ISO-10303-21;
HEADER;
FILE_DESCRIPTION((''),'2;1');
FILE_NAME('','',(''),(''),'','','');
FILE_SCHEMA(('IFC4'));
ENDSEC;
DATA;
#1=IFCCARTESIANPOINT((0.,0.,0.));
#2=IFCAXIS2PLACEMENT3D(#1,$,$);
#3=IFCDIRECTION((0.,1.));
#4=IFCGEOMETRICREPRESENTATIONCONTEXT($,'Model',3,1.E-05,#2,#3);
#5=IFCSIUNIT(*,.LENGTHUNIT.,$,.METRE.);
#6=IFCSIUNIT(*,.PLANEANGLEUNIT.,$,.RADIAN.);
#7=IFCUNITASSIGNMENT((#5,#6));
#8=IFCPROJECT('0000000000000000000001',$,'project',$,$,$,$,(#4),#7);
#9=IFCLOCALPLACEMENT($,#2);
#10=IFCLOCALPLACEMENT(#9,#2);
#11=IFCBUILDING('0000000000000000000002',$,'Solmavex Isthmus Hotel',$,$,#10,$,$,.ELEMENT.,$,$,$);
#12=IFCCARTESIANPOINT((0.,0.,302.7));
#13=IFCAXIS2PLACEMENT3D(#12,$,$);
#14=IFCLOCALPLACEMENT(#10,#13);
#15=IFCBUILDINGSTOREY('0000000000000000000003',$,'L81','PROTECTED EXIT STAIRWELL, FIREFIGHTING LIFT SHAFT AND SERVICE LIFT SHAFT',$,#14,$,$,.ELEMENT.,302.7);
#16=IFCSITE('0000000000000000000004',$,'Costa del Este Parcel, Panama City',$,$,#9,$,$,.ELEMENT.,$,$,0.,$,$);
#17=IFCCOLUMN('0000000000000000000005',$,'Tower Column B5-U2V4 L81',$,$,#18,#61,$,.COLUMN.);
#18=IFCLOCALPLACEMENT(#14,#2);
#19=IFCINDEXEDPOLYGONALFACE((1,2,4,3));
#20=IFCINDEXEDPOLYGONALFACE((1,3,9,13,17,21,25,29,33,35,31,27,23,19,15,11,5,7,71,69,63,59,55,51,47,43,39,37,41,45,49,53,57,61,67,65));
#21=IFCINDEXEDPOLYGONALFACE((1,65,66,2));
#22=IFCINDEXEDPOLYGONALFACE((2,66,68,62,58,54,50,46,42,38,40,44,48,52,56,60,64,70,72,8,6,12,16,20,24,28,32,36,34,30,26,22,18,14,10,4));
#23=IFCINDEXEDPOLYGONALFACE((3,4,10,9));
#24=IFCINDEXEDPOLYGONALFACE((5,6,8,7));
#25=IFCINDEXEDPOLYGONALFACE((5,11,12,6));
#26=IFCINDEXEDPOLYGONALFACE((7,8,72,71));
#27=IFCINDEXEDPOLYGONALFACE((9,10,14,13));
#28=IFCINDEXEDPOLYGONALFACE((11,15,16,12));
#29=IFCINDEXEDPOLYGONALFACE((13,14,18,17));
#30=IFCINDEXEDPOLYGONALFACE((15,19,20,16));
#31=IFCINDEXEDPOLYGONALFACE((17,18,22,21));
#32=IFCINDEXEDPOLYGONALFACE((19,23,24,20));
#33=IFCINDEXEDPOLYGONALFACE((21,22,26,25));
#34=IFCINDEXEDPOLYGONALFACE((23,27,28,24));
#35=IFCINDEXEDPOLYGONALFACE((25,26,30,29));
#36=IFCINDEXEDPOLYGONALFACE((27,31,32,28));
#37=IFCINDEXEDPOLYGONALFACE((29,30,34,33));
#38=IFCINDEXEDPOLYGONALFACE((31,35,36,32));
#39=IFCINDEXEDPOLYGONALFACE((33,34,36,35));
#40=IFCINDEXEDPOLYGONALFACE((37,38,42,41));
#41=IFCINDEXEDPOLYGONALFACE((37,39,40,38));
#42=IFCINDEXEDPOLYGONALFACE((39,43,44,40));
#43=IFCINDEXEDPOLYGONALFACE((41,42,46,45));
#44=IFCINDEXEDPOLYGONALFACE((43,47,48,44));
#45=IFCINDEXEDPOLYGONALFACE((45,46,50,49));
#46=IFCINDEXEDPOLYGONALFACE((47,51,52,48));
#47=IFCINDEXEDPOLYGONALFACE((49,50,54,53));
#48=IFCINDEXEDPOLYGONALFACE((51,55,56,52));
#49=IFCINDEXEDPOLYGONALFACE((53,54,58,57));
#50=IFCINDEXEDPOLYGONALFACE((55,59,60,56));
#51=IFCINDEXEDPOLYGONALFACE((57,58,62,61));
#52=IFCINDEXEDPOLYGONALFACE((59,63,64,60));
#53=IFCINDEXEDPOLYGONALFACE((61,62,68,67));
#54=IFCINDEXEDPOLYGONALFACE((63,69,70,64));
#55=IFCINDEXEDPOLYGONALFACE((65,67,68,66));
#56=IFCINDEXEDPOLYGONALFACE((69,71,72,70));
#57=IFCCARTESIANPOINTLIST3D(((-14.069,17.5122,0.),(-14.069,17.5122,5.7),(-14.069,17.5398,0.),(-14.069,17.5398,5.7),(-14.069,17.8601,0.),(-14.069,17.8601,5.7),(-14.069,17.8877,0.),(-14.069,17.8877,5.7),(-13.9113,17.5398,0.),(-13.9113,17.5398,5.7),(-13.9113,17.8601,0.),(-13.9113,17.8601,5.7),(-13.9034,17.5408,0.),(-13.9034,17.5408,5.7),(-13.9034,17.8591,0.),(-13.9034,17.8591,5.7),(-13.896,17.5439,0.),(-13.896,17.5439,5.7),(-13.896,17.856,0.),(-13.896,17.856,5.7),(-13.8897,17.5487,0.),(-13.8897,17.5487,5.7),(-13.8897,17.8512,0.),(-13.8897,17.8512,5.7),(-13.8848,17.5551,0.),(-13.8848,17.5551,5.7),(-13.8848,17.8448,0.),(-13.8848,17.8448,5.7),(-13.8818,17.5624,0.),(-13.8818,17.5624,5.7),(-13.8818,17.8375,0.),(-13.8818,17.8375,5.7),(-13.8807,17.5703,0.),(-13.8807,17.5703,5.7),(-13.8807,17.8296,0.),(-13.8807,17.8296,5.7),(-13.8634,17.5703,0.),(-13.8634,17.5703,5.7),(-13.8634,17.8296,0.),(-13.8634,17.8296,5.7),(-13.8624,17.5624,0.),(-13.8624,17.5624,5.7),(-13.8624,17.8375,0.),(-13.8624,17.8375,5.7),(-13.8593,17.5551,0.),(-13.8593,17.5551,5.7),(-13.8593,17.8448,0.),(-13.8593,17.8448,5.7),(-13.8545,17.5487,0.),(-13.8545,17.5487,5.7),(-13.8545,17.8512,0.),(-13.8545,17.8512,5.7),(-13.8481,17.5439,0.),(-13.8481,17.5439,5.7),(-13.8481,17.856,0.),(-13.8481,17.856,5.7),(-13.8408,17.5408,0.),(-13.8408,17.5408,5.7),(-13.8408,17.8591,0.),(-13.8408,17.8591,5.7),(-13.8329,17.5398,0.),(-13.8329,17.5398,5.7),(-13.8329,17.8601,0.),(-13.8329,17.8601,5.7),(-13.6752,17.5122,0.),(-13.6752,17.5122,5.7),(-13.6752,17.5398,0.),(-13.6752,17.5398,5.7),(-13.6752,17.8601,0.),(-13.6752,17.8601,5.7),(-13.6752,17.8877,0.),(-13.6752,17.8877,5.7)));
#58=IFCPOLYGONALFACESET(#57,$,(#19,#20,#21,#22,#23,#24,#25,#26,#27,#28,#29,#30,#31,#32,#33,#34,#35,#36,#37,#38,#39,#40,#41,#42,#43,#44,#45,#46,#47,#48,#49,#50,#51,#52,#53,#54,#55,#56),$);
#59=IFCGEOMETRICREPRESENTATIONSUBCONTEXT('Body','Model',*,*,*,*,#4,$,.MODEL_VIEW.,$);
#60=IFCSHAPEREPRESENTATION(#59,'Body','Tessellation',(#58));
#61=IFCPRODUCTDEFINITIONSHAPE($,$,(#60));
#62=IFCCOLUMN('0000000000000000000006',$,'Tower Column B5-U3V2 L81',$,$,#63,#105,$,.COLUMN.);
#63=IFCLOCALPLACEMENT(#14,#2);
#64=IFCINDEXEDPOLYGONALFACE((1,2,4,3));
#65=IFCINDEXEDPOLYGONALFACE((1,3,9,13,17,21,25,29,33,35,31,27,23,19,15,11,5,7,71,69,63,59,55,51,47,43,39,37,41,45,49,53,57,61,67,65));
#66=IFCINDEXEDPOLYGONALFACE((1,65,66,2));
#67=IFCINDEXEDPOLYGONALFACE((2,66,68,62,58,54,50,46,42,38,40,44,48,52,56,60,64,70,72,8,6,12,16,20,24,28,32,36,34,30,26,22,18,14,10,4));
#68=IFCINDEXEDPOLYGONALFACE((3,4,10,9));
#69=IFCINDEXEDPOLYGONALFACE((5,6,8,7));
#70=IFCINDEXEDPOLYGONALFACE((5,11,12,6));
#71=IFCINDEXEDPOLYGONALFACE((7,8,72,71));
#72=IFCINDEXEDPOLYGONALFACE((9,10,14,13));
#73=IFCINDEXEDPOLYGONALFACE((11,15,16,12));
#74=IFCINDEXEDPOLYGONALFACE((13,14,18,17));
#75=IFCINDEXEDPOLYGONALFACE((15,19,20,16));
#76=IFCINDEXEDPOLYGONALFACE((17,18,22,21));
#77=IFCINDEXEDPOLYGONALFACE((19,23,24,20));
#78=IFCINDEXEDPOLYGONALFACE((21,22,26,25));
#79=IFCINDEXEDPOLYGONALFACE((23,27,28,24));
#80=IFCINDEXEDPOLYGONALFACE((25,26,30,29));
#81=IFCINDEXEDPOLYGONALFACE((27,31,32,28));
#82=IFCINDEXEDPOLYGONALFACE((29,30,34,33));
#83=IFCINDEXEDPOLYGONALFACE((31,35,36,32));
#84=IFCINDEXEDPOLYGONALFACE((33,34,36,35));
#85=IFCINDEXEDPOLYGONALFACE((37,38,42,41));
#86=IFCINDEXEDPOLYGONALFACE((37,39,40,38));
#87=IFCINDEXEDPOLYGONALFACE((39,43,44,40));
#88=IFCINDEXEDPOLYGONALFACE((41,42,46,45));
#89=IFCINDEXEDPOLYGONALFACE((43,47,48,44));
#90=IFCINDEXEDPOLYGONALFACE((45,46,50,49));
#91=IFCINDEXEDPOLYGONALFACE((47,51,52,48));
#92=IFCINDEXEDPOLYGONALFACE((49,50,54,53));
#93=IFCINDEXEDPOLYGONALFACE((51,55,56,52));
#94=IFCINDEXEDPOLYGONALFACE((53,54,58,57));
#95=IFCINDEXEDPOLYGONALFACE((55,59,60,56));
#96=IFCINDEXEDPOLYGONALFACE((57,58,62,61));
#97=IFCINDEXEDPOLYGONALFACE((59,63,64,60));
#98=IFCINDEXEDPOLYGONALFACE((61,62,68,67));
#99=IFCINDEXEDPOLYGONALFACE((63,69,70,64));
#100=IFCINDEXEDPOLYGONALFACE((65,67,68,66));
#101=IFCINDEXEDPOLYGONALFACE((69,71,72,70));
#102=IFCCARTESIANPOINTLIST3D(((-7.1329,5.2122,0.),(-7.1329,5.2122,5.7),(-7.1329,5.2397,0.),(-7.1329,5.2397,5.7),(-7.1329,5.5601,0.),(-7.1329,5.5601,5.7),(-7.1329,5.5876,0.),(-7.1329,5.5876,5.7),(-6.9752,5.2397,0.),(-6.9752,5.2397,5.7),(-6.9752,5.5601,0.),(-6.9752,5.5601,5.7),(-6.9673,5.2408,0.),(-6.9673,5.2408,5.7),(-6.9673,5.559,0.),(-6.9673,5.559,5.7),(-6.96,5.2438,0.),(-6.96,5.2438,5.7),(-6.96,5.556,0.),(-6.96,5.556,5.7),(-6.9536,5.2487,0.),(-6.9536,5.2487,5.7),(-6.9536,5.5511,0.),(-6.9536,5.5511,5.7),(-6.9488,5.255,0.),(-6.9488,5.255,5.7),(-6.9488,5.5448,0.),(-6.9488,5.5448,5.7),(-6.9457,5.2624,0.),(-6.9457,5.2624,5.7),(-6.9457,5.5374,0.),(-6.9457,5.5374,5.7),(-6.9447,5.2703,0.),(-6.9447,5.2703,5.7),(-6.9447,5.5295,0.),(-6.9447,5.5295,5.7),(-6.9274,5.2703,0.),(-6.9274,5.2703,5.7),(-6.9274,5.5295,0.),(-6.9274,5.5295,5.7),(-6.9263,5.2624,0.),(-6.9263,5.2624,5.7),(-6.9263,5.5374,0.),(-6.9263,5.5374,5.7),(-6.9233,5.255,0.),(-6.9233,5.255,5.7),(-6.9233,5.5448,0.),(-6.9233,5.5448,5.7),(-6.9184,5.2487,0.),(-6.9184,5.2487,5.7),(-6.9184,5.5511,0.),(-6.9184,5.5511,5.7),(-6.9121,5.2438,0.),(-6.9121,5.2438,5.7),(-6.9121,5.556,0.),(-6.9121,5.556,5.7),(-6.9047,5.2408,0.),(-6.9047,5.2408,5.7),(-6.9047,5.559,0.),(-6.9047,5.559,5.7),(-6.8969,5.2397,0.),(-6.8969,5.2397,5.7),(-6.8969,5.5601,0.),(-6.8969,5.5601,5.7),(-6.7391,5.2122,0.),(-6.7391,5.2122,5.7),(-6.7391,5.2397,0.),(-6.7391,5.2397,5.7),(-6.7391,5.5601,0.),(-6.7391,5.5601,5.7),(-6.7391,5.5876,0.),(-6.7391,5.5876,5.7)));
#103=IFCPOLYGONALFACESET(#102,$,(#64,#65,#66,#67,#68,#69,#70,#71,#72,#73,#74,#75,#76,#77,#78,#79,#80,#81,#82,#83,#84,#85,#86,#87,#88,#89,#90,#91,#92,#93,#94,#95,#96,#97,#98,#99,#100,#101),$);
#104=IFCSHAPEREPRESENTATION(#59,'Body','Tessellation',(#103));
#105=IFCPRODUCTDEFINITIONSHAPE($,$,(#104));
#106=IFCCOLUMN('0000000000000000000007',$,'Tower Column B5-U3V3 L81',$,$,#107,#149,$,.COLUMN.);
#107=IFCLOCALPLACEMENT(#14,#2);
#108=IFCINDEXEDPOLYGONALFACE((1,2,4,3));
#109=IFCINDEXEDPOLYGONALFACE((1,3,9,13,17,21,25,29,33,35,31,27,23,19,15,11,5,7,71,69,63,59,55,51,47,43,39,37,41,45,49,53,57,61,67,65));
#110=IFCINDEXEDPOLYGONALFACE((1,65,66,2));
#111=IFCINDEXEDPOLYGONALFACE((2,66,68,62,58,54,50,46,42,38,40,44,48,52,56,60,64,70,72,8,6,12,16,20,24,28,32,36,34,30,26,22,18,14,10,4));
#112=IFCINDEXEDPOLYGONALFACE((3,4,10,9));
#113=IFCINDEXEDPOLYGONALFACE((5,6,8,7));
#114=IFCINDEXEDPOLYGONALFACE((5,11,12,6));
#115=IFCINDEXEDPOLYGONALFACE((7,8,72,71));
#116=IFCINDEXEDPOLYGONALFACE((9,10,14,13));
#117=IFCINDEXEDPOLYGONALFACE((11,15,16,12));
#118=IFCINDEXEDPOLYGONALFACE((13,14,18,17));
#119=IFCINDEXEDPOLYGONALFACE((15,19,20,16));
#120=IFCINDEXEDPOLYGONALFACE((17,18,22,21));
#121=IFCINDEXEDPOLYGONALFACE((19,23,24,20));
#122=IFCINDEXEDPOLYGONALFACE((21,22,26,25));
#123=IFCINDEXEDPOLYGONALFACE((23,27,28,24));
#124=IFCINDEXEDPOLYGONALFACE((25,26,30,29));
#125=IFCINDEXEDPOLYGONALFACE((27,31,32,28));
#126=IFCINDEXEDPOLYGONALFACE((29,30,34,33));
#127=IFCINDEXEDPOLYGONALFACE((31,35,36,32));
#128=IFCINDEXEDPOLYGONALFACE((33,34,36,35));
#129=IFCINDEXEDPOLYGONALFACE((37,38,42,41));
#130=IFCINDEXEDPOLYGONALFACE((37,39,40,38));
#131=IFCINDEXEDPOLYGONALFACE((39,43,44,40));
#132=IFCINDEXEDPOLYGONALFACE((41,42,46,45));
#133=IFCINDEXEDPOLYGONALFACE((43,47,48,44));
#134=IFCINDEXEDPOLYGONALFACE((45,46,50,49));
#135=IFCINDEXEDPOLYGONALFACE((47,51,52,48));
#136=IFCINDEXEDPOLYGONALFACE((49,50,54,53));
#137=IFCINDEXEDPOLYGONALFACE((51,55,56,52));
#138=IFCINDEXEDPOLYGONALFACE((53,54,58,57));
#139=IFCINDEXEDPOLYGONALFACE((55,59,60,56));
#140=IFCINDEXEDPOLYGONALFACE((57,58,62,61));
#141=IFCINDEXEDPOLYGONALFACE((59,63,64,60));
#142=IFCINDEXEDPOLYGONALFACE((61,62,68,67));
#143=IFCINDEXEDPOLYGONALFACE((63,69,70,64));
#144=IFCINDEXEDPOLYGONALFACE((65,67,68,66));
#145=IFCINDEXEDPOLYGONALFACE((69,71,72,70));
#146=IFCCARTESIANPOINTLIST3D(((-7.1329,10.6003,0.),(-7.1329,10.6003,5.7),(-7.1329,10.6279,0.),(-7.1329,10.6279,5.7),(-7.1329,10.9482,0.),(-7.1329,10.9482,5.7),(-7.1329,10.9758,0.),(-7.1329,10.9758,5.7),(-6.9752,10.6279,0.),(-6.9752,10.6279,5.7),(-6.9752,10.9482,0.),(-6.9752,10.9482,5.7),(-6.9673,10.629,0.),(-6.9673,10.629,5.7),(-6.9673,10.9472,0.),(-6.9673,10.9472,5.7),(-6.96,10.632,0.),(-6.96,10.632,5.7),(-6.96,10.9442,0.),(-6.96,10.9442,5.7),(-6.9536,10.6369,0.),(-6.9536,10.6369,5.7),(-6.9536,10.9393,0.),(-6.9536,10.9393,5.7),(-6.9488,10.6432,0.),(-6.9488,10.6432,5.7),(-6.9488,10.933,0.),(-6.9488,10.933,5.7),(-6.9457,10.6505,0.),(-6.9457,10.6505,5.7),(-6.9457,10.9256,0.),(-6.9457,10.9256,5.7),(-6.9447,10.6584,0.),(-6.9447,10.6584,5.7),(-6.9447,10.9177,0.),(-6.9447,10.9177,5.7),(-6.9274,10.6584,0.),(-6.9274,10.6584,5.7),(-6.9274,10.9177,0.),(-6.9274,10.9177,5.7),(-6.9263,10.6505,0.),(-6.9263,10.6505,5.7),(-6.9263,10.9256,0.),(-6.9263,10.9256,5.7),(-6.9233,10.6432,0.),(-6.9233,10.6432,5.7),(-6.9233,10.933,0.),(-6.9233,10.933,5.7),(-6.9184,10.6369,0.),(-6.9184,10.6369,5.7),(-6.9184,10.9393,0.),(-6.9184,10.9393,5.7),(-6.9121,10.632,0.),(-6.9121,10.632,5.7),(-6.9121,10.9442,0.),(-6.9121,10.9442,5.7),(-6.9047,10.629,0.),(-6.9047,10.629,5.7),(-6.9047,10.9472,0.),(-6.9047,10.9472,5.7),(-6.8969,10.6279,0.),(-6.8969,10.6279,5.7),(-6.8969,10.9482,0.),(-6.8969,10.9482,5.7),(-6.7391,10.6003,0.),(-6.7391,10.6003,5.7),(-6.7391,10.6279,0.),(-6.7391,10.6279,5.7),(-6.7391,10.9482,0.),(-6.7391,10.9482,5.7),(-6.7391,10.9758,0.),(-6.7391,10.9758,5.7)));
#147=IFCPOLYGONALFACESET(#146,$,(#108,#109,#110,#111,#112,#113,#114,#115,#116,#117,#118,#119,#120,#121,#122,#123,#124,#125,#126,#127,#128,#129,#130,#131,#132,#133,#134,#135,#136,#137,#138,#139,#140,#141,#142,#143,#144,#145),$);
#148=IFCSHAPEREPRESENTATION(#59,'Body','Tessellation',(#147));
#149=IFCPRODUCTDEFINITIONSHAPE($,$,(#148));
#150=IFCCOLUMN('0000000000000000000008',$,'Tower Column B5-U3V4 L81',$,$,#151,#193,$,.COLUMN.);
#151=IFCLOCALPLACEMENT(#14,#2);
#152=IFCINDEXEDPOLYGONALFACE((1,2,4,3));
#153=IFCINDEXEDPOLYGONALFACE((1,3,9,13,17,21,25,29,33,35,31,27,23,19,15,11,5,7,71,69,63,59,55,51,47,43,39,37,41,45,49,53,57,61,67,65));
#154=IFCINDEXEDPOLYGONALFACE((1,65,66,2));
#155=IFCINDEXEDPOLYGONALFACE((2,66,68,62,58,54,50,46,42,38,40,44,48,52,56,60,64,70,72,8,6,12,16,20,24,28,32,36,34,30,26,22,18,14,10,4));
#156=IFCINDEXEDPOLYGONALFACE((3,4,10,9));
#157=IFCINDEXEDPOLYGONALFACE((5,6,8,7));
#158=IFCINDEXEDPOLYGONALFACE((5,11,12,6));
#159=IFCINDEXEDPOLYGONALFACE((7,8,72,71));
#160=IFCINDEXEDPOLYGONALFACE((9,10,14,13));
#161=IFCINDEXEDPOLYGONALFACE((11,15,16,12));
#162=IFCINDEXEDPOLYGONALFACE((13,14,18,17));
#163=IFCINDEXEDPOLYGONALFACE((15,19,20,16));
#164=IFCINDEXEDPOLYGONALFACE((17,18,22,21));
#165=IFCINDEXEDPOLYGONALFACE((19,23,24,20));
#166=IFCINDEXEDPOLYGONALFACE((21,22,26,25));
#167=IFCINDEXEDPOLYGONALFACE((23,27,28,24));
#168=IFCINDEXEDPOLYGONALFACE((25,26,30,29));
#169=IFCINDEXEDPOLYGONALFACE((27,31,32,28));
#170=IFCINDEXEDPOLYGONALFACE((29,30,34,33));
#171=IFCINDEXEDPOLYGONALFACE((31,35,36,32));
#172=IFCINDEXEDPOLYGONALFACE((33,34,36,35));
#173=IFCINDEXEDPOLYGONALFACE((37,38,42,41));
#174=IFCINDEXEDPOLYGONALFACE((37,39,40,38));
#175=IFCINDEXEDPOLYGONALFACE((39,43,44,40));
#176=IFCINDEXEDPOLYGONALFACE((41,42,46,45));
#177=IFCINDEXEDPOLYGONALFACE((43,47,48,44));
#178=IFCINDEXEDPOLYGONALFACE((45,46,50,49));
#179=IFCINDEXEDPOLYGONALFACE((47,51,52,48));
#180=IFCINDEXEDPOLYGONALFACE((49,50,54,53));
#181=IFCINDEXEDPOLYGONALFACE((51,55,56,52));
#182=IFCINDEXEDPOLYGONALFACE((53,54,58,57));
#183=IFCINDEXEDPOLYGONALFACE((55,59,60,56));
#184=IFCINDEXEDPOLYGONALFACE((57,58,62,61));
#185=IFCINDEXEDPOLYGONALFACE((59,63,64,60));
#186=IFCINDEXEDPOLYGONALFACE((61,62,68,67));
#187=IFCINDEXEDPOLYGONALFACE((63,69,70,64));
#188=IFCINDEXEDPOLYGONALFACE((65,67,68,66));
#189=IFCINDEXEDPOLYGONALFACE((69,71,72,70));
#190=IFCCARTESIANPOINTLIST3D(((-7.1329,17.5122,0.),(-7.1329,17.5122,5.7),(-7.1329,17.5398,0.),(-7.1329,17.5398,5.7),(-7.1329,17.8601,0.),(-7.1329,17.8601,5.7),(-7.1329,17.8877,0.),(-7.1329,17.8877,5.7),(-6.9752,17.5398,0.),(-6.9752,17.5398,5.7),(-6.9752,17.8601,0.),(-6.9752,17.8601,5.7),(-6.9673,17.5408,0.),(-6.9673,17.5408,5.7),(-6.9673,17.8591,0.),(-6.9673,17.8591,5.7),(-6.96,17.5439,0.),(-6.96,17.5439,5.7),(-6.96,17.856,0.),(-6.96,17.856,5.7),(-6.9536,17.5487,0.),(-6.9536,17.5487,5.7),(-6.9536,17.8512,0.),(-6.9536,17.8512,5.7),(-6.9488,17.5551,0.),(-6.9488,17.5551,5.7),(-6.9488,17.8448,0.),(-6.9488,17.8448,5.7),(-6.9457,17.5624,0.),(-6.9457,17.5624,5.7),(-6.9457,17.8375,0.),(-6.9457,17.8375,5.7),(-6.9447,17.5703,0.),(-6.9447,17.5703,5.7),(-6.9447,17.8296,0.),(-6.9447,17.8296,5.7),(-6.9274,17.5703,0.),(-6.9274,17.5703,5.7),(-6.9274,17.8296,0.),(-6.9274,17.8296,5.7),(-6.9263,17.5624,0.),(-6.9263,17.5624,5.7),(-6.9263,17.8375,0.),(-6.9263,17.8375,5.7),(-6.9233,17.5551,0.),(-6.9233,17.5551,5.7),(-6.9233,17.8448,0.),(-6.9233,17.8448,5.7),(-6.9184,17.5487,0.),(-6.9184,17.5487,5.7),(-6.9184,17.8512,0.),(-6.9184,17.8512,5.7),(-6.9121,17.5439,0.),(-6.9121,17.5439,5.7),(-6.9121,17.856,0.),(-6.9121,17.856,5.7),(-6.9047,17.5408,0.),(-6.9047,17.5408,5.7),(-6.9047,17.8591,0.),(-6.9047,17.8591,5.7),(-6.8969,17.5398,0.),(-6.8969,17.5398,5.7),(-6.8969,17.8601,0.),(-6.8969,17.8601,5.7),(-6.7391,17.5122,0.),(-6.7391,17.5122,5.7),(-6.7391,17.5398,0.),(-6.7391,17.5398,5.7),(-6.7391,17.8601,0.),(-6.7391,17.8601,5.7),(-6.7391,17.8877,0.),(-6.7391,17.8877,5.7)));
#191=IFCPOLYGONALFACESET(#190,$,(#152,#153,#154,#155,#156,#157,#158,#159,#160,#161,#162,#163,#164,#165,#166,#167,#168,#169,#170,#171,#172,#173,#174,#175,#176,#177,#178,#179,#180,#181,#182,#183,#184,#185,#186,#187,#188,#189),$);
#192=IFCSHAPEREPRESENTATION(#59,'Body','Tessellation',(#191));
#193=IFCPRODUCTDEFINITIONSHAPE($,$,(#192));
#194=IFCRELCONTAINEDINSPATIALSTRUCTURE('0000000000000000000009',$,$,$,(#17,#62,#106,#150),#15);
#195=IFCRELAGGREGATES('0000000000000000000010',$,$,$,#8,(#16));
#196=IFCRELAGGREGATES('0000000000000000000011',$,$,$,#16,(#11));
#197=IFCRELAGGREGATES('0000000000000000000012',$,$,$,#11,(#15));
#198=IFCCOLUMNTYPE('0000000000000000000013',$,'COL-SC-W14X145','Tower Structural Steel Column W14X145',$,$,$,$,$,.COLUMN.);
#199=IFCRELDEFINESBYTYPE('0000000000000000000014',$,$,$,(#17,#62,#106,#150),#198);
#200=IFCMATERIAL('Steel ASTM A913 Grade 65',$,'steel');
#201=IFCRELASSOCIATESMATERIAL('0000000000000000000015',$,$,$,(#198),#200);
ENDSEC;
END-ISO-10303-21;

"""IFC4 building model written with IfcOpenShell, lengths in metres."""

from ifc_helpers import new_model, si_unit, direction, frame, origin, origin_2d, place, context, subcontext, project, spatial, i_section, extrude, material, material_profile, profile_set, type_object, element, save


model = new_model("IFC4")

# Units and contexts
model_context = context("Model", 3, precision=1e-05, world=origin(), true_north=direction((0.0, 1.0)))
body_context = subcontext(model_context, "Body", "Model", "MODEL_VIEW")
ifc_project = project(units=[si_unit("LENGTHUNIT", "METRE"), si_unit("PLANEANGLEUNIT", "RADIAN")], contexts=[model_context])

# Site, building, storey
site_placement = place(None, origin())
site = spatial("IfcSite", under=ifc_project, at=site_placement, Name="Costa del Este Parcel, Panama City", CompositionType="ELEMENT", RefElevation=0.0)
building_placement = place(site_placement, origin())
building = spatial("IfcBuilding", under=site, at=building_placement, Name="Solmavex Isthmus Hotel", CompositionType="ELEMENT")
storey_placement = place(building_placement, frame((0.0, 0.0, 302.7)))
storey = spatial("IfcBuildingStorey", under=building, at=storey_placement, Name="L81", Description="PROTECTED EXIT STAIRWELL, FIREFIGHTING LIFT SHAFT AND SERVICE LIFT SHAFT", CompositionType="ELEMENT", Elevation=302.7)

# Columns
ifc_material_1 = material(Name="Steel ASTM A913 Grade 65", Category="steel")
ifc_material_profile_1 = material_profile(ifc_material_1, i_section(OverallWidth=0.3938, OverallDepth=0.3755, WebThickness=0.0173, FlangeThickness=0.0276, FilletRadius=0.0305, at=origin_2d()), Name="W14X145")
ifc_profile_set_1 = profile_set([ifc_material_profile_1], Name="Steel ASTM A913 Grade 65")
column_type = type_object("IfcColumnType", Name="COL-SC-W14X145", Description="Tower Structural Steel Column W14X145", PredefinedType="COLUMN", material=ifc_profile_set_1)
for number, where, z_axis, x_axis, name in (
    (1, (-13.8721, 17.7, 0.0), (0.0, 0.0, 1.0), (1.0, 0.0, 0.0), "Tower Column B5-U2V4 L81"),
    (2, (-6.936, 5.3999, 0.0), (0.0, 0.0, 1.0), (1.0, 0.0, 0.0), "Tower Column B5-U3V2 L81"),
    (3, (-6.936, 10.7881, 0.0), (0.0, 0.0, 1.0), (1.0, 0.0, 0.0), "Tower Column B5-U3V3 L81"),
    (4, (-6.936, 17.7, 0.0), (0.0, 0.0, 1.0), (1.0, 0.0, 0.0), "Tower Column B5-U3V4 L81"),
):
    element("IfcColumn", number, at=place(storey_placement, frame(where, z_axis=z_axis, x_axis=x_axis)), inside=storey, type_object=column_type, Name=name, PredefinedType="COLUMN", context=body_context, shape_type="SweptSolid", body=[
        extrude(i_section(OverallWidth=0.3938, OverallDepth=0.3755, WebThickness=0.0173, FlangeThickness=0.0276, FilletRadius=0.0305, at=origin_2d()), origin(), (0.0, 0.0, 1.0), 5.7),
    ])

save(model, "model.ifc")
